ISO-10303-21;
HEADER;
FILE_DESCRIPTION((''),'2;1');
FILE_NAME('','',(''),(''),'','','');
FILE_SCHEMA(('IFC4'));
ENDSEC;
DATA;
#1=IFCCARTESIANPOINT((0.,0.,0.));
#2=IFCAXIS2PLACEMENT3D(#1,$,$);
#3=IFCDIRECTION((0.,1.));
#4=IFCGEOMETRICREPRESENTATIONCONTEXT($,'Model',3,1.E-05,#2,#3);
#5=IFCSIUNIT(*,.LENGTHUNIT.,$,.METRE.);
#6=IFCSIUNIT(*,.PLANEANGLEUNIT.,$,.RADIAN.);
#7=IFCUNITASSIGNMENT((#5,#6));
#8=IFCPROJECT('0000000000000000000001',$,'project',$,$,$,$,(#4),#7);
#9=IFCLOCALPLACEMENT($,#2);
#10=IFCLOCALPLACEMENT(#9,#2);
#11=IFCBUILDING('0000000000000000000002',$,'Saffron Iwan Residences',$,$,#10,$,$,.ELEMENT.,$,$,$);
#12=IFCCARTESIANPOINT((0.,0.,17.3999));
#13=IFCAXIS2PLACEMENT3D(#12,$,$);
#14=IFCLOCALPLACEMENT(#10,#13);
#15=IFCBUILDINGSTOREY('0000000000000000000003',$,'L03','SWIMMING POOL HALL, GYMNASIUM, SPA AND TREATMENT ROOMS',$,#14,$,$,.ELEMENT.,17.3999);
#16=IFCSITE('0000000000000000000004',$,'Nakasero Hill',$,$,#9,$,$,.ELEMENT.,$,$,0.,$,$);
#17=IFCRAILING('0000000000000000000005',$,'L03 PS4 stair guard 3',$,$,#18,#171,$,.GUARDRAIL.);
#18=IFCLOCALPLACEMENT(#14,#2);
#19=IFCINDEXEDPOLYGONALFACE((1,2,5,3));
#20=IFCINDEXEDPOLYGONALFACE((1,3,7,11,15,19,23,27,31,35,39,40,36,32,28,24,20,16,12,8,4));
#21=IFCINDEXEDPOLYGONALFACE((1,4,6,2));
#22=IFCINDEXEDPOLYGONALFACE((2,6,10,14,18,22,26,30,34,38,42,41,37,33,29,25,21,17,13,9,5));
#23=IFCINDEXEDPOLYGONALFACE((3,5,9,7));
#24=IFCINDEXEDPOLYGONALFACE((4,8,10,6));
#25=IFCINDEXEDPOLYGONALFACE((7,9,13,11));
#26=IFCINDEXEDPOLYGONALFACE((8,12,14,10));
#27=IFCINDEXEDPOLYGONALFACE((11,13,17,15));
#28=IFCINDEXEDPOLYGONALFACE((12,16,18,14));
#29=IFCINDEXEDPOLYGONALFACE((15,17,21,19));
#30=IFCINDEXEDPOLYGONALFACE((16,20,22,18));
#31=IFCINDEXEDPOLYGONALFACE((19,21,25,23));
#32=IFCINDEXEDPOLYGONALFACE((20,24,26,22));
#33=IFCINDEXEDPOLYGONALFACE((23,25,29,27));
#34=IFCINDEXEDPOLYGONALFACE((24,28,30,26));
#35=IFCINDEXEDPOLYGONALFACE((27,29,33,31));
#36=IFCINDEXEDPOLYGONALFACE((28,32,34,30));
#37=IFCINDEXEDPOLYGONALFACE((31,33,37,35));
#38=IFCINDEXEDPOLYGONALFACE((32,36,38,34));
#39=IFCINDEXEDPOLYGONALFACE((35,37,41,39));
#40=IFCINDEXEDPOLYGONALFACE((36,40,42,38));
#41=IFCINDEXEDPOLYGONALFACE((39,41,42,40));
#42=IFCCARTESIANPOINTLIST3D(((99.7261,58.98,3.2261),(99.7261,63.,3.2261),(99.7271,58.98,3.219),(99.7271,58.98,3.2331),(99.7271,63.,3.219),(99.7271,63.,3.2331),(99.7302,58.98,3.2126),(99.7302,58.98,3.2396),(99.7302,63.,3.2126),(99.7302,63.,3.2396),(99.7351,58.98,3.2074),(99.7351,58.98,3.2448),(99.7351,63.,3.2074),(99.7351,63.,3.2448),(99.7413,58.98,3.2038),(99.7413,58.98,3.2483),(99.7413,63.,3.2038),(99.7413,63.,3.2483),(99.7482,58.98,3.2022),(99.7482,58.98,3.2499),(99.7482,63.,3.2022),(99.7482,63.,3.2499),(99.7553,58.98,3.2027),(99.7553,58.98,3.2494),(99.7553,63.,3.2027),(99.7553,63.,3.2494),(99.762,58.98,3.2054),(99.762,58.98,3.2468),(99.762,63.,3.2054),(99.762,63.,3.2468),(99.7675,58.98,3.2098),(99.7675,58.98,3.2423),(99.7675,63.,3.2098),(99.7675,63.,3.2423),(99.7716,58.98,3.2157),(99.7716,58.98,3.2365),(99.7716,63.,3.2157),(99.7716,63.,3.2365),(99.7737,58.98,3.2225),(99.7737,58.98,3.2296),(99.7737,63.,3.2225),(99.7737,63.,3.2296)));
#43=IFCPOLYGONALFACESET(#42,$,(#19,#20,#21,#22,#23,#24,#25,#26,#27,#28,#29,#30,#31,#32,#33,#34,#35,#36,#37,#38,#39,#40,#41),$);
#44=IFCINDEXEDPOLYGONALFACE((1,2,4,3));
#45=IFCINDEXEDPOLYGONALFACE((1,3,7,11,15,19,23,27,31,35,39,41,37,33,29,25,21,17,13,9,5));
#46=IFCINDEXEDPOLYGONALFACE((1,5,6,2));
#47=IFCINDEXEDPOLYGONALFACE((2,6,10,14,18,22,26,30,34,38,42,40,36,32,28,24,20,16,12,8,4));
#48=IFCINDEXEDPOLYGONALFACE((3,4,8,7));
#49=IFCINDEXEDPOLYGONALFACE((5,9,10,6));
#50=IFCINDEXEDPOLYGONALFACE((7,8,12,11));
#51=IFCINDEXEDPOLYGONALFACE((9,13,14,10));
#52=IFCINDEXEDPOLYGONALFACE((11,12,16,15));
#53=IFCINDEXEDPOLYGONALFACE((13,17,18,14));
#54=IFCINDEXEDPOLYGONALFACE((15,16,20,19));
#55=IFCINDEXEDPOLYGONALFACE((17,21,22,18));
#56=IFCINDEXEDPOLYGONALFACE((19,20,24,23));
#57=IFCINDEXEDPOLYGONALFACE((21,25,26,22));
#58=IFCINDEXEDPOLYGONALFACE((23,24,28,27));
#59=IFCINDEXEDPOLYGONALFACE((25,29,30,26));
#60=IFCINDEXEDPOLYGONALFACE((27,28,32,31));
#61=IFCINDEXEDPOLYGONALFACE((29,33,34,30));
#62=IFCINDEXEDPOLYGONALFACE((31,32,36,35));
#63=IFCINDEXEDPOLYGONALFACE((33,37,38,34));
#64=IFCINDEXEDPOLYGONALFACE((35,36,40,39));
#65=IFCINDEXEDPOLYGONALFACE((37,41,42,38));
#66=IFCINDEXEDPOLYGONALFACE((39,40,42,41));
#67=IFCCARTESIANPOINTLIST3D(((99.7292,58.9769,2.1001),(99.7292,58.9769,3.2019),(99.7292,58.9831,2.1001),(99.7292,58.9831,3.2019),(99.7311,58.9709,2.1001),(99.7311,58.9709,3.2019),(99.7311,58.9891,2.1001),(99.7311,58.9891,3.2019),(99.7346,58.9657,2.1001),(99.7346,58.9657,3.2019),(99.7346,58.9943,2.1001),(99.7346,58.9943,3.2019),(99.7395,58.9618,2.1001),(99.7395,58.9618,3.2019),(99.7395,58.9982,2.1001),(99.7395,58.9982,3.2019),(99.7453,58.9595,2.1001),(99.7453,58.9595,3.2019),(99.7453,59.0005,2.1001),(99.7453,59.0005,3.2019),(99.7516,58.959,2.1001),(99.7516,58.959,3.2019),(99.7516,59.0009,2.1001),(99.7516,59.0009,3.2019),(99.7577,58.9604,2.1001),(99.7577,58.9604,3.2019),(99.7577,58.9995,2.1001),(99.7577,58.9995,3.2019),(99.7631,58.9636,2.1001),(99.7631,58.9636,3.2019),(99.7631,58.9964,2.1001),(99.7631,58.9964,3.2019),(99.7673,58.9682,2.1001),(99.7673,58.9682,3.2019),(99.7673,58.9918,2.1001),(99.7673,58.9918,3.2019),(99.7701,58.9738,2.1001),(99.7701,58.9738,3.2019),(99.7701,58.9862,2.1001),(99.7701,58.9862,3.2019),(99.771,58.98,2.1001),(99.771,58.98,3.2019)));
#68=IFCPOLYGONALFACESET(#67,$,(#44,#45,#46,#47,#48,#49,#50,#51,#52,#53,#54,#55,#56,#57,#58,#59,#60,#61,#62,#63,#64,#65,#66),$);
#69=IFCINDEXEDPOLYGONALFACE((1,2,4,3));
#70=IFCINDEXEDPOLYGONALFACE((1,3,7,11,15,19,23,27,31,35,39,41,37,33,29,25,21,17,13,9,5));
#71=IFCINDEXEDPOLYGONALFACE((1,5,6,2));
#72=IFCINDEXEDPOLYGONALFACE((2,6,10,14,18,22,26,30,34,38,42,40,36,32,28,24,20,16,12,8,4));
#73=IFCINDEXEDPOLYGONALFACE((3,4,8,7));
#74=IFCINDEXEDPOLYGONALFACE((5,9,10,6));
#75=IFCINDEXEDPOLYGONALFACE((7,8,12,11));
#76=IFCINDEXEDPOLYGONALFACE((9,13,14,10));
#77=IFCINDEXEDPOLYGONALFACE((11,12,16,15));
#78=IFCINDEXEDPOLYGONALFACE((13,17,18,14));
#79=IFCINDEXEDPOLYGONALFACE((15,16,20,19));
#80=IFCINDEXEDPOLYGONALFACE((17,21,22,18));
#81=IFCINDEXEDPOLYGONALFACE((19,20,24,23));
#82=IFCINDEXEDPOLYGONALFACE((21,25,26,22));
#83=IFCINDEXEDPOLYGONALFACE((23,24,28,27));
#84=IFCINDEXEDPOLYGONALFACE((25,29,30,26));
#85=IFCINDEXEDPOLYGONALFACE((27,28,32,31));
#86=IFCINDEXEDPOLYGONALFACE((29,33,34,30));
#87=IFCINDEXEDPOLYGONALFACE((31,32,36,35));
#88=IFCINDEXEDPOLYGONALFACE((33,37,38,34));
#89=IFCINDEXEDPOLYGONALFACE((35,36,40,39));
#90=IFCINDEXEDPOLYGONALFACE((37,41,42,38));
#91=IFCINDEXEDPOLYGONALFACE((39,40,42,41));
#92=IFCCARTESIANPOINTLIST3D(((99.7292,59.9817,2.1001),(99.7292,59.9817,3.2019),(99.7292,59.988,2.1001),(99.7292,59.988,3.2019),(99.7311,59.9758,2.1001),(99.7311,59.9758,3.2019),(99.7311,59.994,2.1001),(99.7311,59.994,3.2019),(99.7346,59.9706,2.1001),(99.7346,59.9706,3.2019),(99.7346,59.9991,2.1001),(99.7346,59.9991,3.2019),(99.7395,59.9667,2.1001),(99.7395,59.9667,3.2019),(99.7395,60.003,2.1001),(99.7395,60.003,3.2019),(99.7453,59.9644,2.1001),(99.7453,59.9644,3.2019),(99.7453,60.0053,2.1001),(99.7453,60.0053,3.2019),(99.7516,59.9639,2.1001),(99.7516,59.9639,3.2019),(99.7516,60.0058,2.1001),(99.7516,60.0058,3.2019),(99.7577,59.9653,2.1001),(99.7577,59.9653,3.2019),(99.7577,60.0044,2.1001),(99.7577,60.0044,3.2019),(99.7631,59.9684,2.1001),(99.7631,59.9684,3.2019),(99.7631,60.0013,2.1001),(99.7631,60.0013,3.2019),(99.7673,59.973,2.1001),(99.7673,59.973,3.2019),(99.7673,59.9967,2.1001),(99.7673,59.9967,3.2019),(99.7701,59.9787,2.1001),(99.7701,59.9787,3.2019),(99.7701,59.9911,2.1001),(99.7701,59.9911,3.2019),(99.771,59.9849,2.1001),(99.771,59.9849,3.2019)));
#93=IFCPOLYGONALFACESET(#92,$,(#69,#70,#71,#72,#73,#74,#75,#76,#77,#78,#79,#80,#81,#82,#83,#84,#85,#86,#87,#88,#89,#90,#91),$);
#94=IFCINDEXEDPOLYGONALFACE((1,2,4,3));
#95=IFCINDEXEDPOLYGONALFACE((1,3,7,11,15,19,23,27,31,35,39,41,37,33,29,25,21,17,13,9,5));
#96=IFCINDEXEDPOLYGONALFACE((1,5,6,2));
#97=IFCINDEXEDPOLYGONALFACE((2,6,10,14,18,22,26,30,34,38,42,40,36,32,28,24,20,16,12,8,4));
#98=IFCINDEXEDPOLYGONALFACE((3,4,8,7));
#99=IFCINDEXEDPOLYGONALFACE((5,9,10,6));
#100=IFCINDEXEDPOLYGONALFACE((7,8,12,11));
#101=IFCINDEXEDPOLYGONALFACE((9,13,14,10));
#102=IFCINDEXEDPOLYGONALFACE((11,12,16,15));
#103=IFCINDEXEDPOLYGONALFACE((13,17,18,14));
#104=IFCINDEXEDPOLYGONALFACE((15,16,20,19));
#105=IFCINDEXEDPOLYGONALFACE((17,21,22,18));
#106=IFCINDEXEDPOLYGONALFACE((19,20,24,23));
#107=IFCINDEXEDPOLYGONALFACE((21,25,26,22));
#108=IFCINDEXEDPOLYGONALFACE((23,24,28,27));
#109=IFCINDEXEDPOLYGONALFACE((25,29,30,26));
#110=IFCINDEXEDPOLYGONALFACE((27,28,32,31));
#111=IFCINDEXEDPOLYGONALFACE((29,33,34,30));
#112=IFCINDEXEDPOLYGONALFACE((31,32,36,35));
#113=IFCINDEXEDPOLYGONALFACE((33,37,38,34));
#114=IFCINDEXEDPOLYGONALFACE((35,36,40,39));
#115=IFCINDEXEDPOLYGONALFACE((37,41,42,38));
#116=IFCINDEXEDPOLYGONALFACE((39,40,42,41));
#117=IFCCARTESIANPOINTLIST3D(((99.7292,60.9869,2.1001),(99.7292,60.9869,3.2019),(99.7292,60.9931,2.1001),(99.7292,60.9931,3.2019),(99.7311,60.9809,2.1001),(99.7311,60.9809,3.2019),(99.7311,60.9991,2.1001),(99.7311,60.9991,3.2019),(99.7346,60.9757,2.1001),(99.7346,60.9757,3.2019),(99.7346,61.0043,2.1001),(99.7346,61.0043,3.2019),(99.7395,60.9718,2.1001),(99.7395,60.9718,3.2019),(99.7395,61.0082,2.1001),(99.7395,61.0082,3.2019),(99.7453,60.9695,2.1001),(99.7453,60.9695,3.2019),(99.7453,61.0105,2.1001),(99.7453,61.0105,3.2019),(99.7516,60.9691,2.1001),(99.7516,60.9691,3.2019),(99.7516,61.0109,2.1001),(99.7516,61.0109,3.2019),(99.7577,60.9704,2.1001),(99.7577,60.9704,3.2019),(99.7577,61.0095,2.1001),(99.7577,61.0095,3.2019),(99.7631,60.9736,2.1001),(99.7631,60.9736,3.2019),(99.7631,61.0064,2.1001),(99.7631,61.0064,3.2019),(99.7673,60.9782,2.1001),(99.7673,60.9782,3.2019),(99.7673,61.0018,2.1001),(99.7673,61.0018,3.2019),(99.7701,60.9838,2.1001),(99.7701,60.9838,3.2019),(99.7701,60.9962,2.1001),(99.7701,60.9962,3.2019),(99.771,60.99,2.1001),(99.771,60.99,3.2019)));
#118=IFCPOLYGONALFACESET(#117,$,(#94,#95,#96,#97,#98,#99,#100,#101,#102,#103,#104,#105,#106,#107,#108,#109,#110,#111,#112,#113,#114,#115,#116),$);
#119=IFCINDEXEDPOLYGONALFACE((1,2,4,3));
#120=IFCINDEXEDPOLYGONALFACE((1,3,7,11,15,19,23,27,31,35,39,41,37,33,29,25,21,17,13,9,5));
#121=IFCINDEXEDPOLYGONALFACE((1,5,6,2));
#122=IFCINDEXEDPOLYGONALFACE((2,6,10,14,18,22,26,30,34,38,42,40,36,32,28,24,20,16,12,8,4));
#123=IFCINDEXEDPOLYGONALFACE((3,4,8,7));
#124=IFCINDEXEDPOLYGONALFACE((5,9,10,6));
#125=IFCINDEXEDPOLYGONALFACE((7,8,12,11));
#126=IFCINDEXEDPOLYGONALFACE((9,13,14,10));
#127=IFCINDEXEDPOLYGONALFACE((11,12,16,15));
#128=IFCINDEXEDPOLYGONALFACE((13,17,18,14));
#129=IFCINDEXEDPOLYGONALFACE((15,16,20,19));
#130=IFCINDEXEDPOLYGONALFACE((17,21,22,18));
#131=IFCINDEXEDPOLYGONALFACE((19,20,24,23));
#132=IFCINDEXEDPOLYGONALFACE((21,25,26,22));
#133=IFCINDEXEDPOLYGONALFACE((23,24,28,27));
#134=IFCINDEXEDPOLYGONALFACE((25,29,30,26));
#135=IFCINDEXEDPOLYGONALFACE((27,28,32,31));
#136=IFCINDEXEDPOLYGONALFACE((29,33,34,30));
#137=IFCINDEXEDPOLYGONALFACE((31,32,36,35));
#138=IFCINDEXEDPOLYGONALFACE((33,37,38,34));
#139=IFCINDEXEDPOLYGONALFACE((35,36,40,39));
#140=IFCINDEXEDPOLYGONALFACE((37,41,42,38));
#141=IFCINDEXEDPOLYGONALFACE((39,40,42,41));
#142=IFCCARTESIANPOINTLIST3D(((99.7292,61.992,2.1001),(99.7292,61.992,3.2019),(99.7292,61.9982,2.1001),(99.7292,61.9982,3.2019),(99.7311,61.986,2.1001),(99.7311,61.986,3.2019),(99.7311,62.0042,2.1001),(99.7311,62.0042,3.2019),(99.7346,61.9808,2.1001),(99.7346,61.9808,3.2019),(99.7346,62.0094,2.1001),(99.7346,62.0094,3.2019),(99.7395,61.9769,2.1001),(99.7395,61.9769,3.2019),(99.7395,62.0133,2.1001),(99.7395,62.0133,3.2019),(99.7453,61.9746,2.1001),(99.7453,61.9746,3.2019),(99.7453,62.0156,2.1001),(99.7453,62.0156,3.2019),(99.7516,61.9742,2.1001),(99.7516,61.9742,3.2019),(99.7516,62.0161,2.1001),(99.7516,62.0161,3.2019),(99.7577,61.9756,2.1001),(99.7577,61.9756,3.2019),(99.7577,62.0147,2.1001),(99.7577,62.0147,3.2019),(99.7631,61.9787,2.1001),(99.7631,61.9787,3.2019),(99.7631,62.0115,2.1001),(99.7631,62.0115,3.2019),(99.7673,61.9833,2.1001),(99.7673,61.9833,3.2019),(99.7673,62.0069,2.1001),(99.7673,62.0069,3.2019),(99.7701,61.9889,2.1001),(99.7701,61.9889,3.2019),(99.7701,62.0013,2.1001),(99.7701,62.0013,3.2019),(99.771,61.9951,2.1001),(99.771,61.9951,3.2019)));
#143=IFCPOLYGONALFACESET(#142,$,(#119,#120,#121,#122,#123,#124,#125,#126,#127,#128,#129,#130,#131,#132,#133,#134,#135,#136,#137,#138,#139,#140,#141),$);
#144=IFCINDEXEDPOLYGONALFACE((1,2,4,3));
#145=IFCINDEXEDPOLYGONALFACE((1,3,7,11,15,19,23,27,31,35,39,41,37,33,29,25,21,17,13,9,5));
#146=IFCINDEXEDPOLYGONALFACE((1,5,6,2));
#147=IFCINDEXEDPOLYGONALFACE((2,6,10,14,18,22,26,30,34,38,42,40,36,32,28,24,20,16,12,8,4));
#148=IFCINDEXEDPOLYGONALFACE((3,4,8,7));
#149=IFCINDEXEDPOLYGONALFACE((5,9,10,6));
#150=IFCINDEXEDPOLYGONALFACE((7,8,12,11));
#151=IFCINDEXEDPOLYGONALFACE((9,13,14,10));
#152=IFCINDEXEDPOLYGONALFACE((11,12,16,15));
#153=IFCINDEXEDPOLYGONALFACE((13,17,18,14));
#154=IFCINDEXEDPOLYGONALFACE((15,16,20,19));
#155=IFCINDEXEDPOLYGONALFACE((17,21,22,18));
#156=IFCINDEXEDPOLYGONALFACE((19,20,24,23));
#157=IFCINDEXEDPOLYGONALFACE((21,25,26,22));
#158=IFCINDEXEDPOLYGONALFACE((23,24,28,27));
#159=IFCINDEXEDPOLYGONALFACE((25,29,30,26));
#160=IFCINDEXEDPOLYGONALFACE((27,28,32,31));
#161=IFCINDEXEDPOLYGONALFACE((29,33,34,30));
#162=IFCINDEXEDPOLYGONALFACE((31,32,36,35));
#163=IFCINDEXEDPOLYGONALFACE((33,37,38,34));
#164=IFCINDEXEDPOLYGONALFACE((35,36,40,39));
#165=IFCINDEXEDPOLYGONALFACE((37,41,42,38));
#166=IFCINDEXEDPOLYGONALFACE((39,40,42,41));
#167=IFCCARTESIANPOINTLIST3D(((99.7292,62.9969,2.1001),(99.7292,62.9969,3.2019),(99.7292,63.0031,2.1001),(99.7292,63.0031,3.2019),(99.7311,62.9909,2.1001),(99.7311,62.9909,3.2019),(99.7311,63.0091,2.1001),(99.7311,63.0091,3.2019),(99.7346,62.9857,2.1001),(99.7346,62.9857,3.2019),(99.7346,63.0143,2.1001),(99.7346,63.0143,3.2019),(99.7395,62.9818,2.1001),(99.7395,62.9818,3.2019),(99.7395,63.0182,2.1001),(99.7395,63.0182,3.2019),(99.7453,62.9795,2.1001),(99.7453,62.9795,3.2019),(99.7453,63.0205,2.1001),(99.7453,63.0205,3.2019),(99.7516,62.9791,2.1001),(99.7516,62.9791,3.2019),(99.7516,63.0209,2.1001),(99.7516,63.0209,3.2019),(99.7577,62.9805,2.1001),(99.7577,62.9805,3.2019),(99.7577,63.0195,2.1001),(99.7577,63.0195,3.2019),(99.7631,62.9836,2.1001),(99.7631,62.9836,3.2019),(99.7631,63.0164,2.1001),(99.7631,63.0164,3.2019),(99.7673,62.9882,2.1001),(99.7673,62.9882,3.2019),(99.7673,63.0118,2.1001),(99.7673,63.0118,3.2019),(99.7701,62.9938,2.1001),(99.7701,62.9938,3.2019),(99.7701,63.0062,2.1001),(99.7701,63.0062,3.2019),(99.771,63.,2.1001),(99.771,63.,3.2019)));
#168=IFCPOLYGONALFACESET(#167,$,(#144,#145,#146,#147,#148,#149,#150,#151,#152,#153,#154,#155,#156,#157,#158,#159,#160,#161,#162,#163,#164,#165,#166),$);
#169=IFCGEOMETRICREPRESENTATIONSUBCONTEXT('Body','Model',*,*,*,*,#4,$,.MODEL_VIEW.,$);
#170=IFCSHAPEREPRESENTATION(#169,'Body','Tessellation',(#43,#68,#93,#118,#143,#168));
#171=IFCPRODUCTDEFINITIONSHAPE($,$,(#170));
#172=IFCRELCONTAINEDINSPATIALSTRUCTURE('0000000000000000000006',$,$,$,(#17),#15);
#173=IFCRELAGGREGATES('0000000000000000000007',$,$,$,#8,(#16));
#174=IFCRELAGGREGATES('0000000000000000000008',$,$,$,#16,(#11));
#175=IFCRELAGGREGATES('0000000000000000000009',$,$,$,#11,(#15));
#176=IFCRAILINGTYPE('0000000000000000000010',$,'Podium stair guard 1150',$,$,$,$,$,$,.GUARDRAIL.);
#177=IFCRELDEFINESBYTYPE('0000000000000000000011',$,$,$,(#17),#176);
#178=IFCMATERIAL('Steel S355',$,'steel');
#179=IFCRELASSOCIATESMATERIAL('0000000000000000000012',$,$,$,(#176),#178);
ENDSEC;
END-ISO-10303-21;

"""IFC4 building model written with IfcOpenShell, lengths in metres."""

from ifc_helpers import new_model, si_unit, direction, frame, origin, origin_2d, place, context, subcontext, project, spatial, circle, extrude, material, type_object, element, save


model = new_model("IFC4")

# Units and contexts
model_context = context("Model", 3, precision=1e-05, world=origin(), true_north=direction((0.0, 1.0)))
body_context = subcontext(model_context, "Body", "Model", "MODEL_VIEW")
ifc_project = project(units=[si_unit("LENGTHUNIT", "METRE"), si_unit("PLANEANGLEUNIT", "RADIAN")], contexts=[model_context])

# Site, building, storey
site_placement = place(None, origin())
site = spatial("IfcSite", under=ifc_project, at=site_placement, Name="Nakasero Hill", CompositionType="ELEMENT", RefElevation=0.0)
building_placement = place(site_placement, origin())
building = spatial("IfcBuilding", under=site, at=building_placement, Name="Saffron Iwan Residences", CompositionType="ELEMENT")
storey_placement = place(building_placement, frame((0.0, 0.0, 17.3999)))
storey = spatial("IfcBuildingStorey", under=building, at=storey_placement, Name="L03", Description="SWIMMING POOL HALL, GYMNASIUM, SPA AND TREATMENT ROOMS", CompositionType="ELEMENT", Elevation=17.3999)

# Railing
ifc_material_1 = material(Name="Steel S355", Category="steel")
railing_type_1 = type_object("IfcRailingType", Name="Podium stair guard 1150", PredefinedType="GUARDRAIL", material=ifc_material_1)
railing_1_placement = place(storey_placement, frame((99.75, 58.98, 2.1001)))
element("IfcRailing", 1, at=railing_1_placement, inside=storey, type_object=railing_type_1, Name="L03 PS4 stair guard 3", PredefinedType="GUARDRAIL", context=body_context, shape_type="SweptSolid", body=[
    extrude(circle(Radius=0.0239, at=origin_2d()), frame((0.0, 0.0, 1.126), z_axis=(0.0, 1.0, 0.0), x_axis=(-1.0, 0.0, 0.0)), (0.0, 0.0, 1.0), 4.02),
    extrude(circle(Radius=0.021, at=origin_2d()), origin(), (0.0, 0.0, 1.0), 1.1018),
    extrude(circle(Radius=0.021, at=origin_2d()), frame((0.0, 1.0049, 0.0)), (0.0, 0.0, 1.0), 1.1018),
    extrude(circle(Radius=0.021, at=origin_2d()), frame((0.0, 2.01, 0.0)), (0.0, 0.0, 1.0), 1.1018),
    extrude(circle(Radius=0.021, at=origin_2d()), frame((0.0, 3.0151, 0.0)), (0.0, 0.0, 1.0), 1.1018),
    extrude(circle(Radius=0.021, at=origin_2d()), frame((0.0, 4.02, 0.0)), (0.0, 0.0, 1.0), 1.1018),
])

save(model, "model.ifc")
